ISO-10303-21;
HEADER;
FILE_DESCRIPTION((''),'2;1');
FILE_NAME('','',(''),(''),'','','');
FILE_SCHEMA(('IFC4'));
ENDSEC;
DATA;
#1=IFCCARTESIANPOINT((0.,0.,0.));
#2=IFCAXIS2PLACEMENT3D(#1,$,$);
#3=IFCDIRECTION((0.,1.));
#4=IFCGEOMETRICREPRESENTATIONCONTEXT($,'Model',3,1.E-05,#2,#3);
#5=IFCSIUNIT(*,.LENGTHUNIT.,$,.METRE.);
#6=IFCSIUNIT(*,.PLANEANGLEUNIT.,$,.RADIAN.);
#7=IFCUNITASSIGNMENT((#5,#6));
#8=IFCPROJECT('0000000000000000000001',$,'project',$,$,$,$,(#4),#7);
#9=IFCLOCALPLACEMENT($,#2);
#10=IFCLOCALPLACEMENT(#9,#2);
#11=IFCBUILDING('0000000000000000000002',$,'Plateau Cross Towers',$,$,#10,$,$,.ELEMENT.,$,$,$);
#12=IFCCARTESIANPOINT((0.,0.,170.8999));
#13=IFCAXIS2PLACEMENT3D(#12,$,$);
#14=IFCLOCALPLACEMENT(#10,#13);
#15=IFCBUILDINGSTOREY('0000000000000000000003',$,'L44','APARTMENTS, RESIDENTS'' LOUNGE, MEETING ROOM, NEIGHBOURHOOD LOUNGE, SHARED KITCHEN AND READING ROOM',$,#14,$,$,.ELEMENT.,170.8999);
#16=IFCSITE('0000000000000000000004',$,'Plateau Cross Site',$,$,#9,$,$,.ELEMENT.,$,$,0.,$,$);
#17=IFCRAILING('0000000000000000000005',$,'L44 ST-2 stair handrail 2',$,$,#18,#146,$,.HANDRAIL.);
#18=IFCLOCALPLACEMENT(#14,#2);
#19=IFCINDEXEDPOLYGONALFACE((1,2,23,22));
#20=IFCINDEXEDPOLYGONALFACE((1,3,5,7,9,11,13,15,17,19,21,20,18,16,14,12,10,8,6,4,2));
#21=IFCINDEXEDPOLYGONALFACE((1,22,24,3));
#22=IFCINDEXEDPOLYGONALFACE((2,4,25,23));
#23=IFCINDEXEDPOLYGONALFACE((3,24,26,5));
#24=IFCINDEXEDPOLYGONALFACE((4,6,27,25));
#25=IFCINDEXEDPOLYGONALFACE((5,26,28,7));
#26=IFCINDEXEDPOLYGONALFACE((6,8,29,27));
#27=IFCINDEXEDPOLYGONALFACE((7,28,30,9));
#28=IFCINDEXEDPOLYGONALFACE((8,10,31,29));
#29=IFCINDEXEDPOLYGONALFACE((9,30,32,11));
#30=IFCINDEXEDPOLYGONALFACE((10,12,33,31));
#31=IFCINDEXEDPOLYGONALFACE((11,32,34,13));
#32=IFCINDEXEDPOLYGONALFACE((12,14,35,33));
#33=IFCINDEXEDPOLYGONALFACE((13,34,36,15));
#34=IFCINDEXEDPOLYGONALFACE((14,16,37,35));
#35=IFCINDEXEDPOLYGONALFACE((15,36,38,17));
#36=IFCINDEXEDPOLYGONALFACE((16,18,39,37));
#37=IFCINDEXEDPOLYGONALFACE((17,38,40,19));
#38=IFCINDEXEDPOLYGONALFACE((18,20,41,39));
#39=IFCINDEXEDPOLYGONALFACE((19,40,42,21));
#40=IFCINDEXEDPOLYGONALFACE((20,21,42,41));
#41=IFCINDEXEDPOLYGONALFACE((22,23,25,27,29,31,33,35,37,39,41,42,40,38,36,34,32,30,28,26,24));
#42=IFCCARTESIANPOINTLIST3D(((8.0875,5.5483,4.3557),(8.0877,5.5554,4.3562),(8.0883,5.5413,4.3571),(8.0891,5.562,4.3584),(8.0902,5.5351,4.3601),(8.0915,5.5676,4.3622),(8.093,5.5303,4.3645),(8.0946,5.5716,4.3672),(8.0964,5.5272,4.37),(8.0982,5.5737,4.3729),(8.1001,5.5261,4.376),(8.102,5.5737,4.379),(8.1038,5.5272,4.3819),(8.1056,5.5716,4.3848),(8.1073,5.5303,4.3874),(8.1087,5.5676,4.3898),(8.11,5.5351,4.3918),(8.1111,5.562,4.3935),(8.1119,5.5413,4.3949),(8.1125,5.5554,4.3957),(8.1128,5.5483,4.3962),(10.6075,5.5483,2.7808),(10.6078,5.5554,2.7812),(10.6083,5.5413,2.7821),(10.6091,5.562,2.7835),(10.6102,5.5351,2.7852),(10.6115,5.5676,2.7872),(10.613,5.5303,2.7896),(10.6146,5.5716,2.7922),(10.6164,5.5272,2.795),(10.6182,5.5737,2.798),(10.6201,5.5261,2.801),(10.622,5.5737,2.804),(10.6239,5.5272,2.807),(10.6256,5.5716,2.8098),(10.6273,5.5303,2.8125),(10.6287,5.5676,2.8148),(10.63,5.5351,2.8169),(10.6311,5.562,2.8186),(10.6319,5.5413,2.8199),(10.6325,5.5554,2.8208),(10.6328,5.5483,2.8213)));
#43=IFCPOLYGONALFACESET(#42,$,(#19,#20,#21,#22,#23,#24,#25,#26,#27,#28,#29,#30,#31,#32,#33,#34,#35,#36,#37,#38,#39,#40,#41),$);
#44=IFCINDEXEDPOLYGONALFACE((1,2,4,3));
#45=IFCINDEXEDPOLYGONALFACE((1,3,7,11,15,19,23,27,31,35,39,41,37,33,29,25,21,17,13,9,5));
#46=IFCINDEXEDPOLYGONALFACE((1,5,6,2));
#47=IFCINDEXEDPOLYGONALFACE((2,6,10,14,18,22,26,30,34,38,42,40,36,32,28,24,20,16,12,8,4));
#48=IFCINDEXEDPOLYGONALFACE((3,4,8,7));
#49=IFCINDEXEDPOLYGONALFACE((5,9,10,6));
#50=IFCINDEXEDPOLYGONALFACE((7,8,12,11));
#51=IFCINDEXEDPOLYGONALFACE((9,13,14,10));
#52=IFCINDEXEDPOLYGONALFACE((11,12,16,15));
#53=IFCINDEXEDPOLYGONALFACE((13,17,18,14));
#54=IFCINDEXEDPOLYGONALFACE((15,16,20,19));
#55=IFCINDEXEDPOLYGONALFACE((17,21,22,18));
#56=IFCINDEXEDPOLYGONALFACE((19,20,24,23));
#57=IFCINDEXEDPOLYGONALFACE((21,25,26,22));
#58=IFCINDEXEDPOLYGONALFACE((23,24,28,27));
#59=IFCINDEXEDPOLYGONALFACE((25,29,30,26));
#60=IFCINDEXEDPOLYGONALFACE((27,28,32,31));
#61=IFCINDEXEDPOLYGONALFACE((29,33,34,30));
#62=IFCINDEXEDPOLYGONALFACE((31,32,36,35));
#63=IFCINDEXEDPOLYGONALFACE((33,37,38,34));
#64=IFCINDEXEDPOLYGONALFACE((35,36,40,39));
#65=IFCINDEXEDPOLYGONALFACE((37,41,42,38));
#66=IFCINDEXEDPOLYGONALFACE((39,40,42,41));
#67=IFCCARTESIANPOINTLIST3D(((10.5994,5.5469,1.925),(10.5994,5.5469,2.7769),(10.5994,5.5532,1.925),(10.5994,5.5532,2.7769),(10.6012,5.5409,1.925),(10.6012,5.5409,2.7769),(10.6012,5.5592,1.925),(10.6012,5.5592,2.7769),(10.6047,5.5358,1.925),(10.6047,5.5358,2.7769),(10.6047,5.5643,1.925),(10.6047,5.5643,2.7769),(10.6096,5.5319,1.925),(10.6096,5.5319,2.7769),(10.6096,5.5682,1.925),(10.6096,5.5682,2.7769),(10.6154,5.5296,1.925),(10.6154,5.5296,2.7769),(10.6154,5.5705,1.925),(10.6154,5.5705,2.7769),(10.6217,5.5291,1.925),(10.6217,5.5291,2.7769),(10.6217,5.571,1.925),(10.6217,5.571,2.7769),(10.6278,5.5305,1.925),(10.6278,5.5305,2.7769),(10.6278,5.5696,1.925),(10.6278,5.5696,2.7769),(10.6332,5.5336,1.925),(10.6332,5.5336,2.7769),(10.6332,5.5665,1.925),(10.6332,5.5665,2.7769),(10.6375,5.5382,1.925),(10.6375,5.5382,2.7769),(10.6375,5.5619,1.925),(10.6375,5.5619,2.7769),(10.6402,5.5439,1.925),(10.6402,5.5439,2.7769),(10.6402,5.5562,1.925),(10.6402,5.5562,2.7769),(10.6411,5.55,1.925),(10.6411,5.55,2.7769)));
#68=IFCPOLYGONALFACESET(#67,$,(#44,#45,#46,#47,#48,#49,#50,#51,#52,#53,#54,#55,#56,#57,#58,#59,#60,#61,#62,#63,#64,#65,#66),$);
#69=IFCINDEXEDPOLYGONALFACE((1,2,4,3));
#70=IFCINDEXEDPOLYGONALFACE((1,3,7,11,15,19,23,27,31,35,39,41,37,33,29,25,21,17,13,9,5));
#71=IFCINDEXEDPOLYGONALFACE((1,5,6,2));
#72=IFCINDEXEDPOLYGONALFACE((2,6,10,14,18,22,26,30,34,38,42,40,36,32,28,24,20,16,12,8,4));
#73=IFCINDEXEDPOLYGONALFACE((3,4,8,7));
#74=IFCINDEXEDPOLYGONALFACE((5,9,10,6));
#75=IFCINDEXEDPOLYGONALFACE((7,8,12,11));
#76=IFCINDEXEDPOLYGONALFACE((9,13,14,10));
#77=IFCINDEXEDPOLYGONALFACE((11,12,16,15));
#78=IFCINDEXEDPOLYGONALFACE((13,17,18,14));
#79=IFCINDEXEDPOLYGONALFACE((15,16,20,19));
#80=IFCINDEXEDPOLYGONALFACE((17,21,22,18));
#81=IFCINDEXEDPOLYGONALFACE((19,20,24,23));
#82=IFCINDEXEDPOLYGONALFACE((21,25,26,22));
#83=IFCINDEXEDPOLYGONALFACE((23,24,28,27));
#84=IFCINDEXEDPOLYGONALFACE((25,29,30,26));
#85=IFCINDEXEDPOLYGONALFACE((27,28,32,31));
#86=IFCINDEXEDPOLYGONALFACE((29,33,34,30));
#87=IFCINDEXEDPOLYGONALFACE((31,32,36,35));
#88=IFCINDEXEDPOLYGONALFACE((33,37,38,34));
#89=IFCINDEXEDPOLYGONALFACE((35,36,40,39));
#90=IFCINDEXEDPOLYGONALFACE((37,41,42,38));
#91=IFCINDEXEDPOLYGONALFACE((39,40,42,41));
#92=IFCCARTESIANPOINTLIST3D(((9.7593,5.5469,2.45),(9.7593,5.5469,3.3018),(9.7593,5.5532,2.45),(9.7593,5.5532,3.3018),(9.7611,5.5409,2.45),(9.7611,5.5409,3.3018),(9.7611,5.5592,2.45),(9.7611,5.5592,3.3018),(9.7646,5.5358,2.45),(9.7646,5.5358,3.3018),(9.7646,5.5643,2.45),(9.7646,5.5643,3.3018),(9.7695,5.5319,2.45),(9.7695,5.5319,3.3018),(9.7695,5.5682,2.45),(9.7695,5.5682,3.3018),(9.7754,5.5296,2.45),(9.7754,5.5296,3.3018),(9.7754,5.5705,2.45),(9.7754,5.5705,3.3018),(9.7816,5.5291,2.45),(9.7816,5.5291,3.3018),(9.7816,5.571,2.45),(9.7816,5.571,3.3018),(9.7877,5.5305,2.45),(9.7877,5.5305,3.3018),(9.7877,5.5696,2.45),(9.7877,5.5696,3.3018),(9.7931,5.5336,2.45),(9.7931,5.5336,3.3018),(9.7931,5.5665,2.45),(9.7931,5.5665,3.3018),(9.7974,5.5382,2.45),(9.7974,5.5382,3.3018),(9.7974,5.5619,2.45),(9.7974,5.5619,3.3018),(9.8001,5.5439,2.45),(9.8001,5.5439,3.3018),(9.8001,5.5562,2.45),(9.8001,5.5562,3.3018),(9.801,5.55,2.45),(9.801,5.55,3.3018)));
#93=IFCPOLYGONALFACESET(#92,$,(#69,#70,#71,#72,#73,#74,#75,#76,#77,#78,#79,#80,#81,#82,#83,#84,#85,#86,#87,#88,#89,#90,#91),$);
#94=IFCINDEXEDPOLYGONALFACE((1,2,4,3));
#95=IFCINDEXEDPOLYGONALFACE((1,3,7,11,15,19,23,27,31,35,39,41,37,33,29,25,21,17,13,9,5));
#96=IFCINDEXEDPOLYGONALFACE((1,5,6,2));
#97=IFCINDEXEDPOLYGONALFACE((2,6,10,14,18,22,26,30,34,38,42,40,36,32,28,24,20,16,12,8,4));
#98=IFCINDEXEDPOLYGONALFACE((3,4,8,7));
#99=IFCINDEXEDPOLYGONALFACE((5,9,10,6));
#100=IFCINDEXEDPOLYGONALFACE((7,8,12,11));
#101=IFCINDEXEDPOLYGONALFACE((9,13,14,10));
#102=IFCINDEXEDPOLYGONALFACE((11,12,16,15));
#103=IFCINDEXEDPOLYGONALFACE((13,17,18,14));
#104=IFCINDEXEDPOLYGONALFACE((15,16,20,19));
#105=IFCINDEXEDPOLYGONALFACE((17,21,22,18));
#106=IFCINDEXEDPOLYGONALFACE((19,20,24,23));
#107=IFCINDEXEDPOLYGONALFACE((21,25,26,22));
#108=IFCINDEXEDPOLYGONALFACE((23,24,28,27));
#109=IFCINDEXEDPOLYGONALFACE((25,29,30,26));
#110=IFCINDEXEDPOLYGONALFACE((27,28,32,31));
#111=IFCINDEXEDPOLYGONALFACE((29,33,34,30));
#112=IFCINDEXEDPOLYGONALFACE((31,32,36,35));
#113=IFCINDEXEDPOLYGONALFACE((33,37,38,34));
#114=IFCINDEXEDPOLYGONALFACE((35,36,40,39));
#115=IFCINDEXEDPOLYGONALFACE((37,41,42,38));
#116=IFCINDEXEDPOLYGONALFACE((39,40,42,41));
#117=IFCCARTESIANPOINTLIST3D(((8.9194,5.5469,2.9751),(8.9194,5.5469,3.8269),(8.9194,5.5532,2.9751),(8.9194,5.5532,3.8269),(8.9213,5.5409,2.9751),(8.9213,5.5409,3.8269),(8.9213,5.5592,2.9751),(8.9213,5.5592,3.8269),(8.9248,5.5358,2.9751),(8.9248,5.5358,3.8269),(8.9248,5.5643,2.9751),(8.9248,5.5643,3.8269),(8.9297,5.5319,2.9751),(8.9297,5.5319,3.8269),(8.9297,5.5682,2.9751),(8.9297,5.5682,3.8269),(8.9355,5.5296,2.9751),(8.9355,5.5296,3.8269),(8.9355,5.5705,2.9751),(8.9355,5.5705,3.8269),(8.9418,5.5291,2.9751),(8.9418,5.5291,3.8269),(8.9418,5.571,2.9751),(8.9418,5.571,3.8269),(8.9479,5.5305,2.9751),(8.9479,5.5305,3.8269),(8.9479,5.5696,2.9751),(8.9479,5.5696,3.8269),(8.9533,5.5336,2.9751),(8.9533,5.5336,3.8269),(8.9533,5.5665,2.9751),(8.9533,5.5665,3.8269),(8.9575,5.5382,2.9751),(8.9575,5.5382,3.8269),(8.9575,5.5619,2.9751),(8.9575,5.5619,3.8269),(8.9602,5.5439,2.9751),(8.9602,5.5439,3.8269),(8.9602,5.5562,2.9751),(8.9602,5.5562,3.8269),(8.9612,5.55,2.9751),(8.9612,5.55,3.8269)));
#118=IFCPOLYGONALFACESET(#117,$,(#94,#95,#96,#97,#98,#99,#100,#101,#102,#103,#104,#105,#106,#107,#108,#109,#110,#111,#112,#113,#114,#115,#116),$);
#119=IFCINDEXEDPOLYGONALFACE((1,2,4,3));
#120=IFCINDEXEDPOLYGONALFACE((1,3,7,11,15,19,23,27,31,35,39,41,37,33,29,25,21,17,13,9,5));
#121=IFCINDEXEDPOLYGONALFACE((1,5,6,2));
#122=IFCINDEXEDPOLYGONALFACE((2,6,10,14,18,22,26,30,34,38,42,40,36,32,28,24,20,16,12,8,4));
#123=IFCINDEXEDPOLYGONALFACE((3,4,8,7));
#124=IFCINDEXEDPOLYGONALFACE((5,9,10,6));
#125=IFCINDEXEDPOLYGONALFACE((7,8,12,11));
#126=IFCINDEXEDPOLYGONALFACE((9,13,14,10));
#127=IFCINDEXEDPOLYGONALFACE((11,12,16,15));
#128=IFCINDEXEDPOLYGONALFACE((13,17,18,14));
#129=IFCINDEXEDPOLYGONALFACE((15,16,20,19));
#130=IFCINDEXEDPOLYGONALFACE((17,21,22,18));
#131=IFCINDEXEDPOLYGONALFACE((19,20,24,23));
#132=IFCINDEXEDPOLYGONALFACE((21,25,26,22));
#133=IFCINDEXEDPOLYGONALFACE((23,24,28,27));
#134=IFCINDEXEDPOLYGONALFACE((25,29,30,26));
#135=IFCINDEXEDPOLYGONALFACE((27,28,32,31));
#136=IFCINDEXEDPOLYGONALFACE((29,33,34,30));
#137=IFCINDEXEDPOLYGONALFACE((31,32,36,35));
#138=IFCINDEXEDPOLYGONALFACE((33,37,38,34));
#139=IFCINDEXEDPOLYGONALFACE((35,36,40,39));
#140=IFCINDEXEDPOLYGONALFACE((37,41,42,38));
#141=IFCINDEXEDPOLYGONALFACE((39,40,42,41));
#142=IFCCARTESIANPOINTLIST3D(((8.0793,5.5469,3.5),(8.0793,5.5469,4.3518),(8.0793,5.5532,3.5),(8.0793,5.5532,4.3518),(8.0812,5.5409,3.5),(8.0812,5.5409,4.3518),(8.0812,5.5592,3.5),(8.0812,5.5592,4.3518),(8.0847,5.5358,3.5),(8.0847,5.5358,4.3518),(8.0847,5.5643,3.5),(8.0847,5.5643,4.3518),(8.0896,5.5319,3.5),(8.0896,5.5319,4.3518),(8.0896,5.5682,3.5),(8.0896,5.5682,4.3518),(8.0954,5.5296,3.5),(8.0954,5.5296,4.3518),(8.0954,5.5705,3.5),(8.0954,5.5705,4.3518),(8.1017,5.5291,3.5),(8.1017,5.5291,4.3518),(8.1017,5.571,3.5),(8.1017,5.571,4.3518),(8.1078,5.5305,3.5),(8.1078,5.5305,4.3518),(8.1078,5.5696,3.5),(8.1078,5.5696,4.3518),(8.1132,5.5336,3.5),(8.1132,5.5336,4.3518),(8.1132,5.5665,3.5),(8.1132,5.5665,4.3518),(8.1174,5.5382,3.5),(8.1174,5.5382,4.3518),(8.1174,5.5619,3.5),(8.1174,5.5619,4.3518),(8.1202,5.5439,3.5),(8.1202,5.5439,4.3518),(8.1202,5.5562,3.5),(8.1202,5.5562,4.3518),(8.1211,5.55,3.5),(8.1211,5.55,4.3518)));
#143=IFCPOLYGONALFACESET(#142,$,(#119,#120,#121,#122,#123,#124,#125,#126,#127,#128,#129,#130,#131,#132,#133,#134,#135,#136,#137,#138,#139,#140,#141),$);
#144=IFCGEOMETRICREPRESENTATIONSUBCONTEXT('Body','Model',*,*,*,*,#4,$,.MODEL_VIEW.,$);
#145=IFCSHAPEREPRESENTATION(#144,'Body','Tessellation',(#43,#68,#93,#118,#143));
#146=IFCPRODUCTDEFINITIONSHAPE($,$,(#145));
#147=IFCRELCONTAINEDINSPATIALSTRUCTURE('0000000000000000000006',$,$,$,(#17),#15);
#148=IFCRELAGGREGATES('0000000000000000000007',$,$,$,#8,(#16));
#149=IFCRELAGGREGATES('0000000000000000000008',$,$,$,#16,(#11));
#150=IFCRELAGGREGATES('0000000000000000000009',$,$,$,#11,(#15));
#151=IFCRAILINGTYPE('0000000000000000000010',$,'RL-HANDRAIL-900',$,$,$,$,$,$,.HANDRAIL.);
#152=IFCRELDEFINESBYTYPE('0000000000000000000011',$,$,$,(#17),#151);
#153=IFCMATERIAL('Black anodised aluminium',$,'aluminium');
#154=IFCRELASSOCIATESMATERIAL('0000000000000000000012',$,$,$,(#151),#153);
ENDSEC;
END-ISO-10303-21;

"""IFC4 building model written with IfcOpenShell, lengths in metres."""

from ifc_helpers import new_model, si_unit, direction, frame, origin, origin_2d, place, context, subcontext, project, spatial, circle, extrude, material, type_object, element, save


model = new_model("IFC4")

# Units and contexts
model_context = context("Model", 3, precision=1e-05, world=origin(), true_north=direction((0.0, 1.0)))
body_context = subcontext(model_context, "Body", "Model", "MODEL_VIEW")
ifc_project = project(units=[si_unit("LENGTHUNIT", "METRE"), si_unit("PLANEANGLEUNIT", "RADIAN")], contexts=[model_context])

# Site, building, storey
site_placement = place(None, origin())
site = spatial("IfcSite", under=ifc_project, at=site_placement, Name="Plateau Cross Site", CompositionType="ELEMENT", RefElevation=0.0)
building_placement = place(site_placement, origin())
building = spatial("IfcBuilding", under=site, at=building_placement, Name="Plateau Cross Towers", CompositionType="ELEMENT")
storey_placement = place(building_placement, frame((0.0, 0.0, 170.8999)))
storey = spatial("IfcBuildingStorey", under=building, at=storey_placement, Name="L44", Description="APARTMENTS, RESIDENTS' LOUNGE, MEETING ROOM, NEIGHBOURHOOD LOUNGE, SHARED KITCHEN AND READING ROOM", CompositionType="ELEMENT", Elevation=170.8999)

# Railing
ifc_material_1 = material(Name="Black anodised aluminium", Category="aluminium")
railing_type = type_object("IfcRailingType", Name="RL-HANDRAIL-900", PredefinedType="HANDRAIL", material=ifc_material_1)
railing_placement = place(storey_placement, frame((10.6201, 5.55, 1.925)))
element("IfcRailing", 1, at=railing_placement, inside=storey, type_object=railing_type, Name="L44 ST-2 stair handrail 2", PredefinedType="HANDRAIL", context=body_context, shape_type="SweptSolid", body=[
    extrude(circle(Radius=0.0239, at=origin_2d()), frame((0.0, 0.0, 0.876), z_axis=(-0.848008, 0.0, 0.529984), x_axis=(0.0, -1.0, 0.0)), (0.0, 0.0, 1.0), 2.9717),
    extrude(circle(Radius=0.021, at=origin_2d()), origin(), (0.0, 0.0, 1.0), 0.8518),
    extrude(circle(Radius=0.021, at=origin_2d()), frame((-0.8401, 0.0, 0.5249)), (0.0, 0.0, 1.0), 0.8518),
    extrude(circle(Radius=0.021, at=origin_2d()), frame((-1.6799, 0.0, 1.05)), (0.0, 0.0, 1.0), 0.8518),
    extrude(circle(Radius=0.021, at=origin_2d()), frame((-2.52, 0.0, 1.575)), (0.0, 0.0, 1.0), 0.8518),
])

save(model, "model.ifc")
